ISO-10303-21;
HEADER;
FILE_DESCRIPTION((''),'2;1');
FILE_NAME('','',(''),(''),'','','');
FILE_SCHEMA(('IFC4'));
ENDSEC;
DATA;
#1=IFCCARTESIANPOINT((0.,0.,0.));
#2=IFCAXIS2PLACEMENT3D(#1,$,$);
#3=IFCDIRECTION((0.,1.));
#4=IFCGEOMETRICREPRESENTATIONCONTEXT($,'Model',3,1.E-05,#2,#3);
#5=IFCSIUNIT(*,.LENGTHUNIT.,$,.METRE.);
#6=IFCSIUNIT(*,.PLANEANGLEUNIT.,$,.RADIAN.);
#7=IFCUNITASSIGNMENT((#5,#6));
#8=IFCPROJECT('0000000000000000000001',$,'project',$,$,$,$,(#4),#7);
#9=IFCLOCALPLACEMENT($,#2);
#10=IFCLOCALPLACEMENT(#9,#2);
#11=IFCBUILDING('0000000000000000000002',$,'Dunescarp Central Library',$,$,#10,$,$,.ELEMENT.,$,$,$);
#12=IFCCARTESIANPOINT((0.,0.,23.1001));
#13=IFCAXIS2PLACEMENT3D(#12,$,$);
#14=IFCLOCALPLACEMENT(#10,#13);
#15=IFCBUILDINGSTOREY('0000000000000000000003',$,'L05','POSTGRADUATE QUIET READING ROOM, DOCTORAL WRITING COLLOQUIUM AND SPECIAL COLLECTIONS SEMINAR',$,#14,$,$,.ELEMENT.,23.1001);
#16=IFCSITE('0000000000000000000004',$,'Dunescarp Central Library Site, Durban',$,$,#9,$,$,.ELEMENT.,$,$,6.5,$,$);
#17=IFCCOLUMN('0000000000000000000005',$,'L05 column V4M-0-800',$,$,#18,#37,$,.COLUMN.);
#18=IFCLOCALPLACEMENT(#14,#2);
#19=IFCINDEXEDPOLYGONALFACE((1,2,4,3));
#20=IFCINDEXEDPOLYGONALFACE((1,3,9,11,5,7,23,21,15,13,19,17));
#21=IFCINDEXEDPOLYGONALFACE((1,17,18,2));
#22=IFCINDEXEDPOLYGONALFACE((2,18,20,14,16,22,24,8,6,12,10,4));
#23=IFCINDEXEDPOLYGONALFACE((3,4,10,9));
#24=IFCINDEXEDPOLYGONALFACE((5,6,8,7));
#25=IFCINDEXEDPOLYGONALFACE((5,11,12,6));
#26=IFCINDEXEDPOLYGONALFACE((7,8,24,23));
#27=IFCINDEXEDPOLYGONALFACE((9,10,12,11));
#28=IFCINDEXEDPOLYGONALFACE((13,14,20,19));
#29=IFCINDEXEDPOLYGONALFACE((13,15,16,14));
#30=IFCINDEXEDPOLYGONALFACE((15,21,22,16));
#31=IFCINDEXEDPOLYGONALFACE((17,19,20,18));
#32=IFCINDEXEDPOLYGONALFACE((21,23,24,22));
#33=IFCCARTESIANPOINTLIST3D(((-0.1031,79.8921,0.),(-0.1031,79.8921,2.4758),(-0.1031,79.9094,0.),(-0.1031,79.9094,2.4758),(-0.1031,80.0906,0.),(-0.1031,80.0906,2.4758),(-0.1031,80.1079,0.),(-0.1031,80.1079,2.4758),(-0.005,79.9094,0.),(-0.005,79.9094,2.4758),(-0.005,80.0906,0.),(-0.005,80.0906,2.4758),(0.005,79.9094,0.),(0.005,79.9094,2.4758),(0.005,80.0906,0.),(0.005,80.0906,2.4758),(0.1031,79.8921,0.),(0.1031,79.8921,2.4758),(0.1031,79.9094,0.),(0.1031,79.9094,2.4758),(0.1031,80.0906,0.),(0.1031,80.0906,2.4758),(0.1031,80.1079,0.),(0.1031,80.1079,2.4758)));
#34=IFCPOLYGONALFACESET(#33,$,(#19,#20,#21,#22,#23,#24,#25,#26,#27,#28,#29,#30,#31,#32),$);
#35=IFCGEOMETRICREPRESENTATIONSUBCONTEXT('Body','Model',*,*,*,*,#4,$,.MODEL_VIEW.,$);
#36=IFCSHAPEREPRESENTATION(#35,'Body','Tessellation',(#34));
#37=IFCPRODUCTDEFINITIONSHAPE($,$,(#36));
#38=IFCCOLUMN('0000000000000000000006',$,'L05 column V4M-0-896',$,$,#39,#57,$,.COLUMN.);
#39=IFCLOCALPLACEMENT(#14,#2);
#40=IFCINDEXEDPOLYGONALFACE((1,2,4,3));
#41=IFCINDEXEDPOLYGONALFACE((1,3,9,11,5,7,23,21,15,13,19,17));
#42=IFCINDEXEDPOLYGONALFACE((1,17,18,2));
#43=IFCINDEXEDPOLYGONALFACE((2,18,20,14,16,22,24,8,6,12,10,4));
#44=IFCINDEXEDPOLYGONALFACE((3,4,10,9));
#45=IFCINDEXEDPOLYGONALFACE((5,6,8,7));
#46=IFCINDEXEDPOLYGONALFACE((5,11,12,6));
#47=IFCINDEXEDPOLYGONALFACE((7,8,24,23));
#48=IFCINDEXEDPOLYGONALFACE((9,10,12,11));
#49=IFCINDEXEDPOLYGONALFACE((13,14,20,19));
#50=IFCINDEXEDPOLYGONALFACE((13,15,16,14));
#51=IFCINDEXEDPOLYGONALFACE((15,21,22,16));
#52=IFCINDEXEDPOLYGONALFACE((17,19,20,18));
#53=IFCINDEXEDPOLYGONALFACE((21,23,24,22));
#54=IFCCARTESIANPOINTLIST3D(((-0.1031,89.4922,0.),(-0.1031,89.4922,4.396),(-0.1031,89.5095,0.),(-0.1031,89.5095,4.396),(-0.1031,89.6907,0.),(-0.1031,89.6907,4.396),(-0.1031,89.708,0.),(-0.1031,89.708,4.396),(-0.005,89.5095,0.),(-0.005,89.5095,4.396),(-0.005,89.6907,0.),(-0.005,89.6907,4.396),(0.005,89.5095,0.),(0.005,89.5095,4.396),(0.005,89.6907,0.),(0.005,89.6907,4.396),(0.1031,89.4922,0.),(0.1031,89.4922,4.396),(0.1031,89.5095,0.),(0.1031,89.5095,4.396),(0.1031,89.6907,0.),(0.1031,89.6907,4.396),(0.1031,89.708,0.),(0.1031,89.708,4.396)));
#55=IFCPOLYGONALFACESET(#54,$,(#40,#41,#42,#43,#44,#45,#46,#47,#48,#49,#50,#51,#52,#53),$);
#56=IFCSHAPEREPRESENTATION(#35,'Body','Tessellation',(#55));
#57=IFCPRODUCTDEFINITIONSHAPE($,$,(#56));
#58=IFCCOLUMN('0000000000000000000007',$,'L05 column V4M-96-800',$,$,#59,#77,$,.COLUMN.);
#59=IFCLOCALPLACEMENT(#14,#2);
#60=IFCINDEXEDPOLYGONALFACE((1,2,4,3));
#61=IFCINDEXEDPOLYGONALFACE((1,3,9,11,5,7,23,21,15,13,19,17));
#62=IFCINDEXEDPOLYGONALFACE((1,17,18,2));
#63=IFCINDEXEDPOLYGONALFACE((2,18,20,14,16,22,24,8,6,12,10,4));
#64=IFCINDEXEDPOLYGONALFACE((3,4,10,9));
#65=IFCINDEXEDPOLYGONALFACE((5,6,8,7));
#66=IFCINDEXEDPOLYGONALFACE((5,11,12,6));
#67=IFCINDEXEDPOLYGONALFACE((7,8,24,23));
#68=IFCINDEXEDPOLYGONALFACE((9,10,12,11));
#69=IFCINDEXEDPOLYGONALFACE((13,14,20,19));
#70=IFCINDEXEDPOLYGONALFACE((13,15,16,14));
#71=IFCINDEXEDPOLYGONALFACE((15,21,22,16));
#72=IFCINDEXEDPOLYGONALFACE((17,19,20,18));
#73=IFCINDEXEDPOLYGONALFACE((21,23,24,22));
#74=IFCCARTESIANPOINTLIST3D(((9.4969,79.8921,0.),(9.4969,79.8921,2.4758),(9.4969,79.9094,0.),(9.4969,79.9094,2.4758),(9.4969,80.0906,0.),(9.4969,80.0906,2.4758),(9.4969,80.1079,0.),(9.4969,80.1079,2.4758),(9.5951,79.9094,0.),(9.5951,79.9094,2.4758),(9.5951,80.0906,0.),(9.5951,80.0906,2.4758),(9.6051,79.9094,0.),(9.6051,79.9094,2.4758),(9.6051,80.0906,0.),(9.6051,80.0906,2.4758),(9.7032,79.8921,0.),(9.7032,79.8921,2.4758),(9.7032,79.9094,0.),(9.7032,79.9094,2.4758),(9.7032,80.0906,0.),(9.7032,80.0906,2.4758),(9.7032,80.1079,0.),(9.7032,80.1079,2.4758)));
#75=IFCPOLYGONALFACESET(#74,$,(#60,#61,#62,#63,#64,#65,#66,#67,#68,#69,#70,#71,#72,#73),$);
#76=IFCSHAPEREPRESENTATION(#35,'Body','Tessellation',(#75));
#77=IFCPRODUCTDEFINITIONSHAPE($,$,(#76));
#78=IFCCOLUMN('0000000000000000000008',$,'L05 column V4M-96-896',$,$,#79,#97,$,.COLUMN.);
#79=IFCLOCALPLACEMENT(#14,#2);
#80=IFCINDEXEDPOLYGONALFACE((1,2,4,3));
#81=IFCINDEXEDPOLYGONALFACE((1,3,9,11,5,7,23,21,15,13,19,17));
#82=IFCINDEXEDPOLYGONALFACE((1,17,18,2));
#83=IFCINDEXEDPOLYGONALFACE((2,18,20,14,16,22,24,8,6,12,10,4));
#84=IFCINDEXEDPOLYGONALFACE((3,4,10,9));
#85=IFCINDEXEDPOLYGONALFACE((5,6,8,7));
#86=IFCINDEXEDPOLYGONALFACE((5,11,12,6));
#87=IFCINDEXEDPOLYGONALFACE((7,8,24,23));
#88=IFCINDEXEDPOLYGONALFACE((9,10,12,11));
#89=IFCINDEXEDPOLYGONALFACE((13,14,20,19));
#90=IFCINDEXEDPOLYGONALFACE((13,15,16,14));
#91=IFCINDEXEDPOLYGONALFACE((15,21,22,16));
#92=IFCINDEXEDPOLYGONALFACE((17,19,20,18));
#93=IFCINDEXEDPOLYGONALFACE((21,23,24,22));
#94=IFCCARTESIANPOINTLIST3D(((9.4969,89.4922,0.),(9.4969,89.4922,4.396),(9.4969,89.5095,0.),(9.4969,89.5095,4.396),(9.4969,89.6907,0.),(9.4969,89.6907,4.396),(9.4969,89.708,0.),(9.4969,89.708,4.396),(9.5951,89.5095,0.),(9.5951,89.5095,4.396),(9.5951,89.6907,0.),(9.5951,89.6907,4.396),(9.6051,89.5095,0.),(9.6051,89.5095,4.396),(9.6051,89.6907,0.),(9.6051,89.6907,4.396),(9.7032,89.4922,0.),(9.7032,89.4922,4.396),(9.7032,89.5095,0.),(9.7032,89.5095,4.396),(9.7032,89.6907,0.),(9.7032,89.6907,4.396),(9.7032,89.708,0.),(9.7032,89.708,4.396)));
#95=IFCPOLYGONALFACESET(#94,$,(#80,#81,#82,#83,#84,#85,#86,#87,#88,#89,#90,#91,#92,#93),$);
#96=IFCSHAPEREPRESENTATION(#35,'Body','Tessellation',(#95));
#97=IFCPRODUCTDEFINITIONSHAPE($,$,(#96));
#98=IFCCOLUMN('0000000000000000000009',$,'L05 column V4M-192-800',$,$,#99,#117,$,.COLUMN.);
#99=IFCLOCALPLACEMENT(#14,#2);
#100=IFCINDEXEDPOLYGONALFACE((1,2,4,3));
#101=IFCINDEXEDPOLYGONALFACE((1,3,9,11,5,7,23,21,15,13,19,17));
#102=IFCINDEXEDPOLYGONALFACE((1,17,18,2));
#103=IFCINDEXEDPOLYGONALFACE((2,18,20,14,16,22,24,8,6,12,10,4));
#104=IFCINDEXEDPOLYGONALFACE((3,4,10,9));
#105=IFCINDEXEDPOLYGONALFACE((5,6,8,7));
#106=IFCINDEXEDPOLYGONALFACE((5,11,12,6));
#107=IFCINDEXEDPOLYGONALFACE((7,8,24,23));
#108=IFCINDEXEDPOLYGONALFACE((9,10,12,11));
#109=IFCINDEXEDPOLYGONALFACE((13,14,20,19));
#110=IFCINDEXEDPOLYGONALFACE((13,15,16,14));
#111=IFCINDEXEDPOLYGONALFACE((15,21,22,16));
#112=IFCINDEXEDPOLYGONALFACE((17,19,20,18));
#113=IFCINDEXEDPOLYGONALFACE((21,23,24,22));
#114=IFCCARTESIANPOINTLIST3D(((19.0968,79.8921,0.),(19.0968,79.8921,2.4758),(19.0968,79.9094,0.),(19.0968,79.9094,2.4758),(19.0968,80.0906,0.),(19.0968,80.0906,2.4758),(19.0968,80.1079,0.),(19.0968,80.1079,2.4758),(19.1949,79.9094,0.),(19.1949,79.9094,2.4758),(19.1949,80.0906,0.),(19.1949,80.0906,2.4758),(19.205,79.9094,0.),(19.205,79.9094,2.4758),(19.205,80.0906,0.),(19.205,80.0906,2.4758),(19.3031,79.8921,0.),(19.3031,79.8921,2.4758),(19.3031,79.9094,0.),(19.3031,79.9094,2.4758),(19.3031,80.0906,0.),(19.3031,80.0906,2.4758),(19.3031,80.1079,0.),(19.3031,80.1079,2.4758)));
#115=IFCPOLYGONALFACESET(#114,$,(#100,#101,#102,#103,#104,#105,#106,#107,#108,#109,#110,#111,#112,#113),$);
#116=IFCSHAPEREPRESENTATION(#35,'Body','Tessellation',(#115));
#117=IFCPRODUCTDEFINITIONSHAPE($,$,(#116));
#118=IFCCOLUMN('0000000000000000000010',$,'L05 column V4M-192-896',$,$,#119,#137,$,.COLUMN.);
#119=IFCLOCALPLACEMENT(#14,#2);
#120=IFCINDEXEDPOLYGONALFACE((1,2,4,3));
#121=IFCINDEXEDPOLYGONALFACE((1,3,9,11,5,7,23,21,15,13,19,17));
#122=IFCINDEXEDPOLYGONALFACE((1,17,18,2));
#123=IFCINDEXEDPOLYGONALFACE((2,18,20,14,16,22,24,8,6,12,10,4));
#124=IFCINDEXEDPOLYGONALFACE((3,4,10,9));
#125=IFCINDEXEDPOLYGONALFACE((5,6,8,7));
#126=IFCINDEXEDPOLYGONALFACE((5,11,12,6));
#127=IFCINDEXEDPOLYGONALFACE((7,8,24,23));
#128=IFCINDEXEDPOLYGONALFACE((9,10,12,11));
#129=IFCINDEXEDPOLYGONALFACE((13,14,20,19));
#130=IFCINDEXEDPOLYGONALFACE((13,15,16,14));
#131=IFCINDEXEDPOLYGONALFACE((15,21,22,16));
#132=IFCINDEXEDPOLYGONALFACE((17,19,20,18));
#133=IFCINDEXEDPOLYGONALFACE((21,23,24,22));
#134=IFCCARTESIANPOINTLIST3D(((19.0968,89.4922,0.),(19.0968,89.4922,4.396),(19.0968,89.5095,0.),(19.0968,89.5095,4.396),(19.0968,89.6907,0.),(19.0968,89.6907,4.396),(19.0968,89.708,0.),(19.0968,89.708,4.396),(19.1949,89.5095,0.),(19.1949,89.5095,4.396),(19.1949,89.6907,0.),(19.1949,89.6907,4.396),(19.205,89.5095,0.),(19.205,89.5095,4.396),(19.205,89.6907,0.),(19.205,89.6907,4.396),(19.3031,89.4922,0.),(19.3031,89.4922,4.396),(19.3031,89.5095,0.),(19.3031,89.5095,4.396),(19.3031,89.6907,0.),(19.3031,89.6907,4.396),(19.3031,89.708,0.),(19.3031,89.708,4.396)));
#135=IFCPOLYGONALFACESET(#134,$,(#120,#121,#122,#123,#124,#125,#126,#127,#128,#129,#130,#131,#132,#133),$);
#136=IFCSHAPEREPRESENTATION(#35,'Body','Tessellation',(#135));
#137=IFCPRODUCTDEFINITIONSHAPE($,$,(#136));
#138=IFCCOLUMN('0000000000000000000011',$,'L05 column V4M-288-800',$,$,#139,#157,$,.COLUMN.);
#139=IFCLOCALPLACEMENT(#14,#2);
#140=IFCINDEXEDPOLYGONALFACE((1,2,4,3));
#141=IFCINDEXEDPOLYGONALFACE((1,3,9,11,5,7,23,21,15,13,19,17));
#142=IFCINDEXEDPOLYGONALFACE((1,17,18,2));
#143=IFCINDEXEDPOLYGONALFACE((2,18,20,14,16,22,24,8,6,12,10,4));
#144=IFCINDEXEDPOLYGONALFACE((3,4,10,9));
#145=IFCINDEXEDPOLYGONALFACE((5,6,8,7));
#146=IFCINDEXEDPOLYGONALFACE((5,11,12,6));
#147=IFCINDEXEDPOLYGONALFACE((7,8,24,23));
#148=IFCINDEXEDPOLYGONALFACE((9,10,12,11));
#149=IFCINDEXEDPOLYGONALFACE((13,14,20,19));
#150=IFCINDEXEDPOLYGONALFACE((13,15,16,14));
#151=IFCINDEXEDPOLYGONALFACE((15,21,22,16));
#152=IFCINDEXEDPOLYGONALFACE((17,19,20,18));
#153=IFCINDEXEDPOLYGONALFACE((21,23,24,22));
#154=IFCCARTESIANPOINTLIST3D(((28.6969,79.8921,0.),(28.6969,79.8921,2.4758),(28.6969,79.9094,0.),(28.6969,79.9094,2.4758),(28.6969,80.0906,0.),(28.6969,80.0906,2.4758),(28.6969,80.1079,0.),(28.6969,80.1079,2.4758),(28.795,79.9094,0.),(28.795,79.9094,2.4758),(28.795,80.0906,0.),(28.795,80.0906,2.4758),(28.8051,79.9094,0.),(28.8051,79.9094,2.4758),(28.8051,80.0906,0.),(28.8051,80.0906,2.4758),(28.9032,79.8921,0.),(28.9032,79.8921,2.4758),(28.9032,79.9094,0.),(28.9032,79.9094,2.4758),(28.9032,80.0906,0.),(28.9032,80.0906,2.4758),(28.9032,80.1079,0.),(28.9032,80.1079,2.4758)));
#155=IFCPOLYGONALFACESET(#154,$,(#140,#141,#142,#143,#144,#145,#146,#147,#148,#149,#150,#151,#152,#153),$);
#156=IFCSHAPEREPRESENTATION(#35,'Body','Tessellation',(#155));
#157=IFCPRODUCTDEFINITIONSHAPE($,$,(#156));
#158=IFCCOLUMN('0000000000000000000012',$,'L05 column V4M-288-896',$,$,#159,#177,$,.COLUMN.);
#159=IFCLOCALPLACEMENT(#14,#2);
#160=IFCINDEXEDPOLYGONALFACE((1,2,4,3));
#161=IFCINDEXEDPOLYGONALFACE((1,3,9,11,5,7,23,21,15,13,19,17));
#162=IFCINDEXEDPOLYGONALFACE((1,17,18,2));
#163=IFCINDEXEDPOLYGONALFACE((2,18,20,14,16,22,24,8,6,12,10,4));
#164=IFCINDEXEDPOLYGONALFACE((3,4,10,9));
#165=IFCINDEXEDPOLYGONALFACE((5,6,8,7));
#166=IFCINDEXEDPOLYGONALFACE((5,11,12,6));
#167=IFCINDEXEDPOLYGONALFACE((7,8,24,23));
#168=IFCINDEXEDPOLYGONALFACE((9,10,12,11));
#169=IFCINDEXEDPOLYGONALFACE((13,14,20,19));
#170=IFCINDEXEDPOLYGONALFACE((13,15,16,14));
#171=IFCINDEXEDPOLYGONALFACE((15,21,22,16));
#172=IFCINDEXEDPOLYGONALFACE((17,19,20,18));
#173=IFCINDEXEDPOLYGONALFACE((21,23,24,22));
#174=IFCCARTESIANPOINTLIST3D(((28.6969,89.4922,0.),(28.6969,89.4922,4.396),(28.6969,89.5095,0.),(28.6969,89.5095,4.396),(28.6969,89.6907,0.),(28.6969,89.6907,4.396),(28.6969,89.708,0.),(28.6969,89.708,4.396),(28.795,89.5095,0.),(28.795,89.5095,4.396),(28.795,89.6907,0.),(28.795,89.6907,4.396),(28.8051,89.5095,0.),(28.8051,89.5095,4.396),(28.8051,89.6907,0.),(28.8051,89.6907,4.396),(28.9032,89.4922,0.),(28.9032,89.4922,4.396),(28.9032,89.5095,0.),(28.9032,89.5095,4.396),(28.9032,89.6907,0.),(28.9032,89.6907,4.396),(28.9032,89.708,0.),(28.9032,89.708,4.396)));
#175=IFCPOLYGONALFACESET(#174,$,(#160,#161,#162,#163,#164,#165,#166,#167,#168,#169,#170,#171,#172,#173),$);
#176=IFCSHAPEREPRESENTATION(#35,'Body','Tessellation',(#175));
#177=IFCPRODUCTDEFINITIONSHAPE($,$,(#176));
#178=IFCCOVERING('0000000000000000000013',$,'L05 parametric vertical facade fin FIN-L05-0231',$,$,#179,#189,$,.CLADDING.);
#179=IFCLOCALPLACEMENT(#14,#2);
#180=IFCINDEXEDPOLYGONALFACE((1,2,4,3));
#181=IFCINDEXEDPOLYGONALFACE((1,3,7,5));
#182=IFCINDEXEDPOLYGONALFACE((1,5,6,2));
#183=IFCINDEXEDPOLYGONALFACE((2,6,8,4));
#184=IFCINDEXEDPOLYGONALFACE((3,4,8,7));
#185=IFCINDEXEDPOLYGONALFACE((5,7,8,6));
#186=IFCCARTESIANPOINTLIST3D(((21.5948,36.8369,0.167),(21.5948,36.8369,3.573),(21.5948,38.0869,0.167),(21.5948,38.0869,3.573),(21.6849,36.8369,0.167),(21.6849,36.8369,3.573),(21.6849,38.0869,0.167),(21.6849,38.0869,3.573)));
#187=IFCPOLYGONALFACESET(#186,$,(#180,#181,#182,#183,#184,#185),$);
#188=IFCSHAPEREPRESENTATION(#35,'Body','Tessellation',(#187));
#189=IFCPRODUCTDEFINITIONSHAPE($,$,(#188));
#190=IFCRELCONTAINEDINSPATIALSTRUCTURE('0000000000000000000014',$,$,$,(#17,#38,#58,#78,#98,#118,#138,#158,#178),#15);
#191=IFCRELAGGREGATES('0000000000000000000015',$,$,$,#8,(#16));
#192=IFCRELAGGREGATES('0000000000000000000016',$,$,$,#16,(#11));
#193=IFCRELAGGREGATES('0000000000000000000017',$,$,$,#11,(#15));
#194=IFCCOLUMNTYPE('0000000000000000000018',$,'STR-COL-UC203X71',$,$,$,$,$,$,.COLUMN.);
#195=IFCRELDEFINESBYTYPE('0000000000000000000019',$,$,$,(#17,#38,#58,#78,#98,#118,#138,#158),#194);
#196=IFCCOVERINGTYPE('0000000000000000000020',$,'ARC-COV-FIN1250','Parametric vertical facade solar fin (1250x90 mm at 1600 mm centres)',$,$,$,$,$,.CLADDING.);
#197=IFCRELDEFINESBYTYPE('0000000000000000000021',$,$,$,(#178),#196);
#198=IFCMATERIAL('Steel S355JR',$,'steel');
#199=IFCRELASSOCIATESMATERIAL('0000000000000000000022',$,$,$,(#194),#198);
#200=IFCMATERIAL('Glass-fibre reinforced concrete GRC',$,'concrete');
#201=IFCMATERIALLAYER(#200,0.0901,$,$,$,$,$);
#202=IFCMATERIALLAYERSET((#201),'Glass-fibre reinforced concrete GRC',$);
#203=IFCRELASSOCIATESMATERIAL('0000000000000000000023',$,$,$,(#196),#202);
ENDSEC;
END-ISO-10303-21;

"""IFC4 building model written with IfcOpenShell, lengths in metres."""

from ifc_helpers import new_model, si_unit, direction, frame, origin, origin_2d, place, context, subcontext, project, spatial, rectangle, i_section, extrude, material, layer, layer_set, material_profile, profile_set, type_object, element, save


model = new_model("IFC4")

# Units and contexts
model_context = context("Model", 3, precision=1e-05, world=origin(), true_north=direction((0.0, 1.0)))
body_context = subcontext(model_context, "Body", "Model", "MODEL_VIEW")
ifc_project = project(units=[si_unit("LENGTHUNIT", "METRE"), si_unit("PLANEANGLEUNIT", "RADIAN")], contexts=[model_context])

# Site, building, storey
site_placement = place(None, origin())
site = spatial("IfcSite", under=ifc_project, at=site_placement, Name="Dunescarp Central Library Site, Durban", CompositionType="ELEMENT", RefElevation=6.5)
building_placement = place(site_placement, origin())
building = spatial("IfcBuilding", under=site, at=building_placement, Name="Dunescarp Central Library", CompositionType="ELEMENT")
storey_placement = place(building_placement, frame((0.0, 0.0, 23.1001)))
storey = spatial("IfcBuildingStorey", under=building, at=storey_placement, Name="L05", Description="POSTGRADUATE QUIET READING ROOM, DOCTORAL WRITING COLLOQUIUM AND SPECIAL COLLECTIONS SEMINAR", CompositionType="ELEMENT", Elevation=23.1001)

# Columns
ifc_material_1 = material(Name="Steel S355JR", Category="steel")
ifc_material_profile = material_profile(ifc_material_1, i_section(OverallWidth=0.2063, OverallDepth=0.2158, WebThickness=0.01, FlangeThickness=0.0173, at=origin_2d()), Name="UC 203x203x71")
ifc_profile_set = profile_set([ifc_material_profile], Name="Steel S355JR")
column_type = type_object("IfcColumnType", Name="STR-COL-UC203X71", PredefinedType="COLUMN", material=ifc_profile_set)
column_1_placement = place(storey_placement, frame((0.0, 80.0, 0.0), z_axis=(0.0, 0.0, 1.0), x_axis=(1.0, 0.0, 0.0)))
element("IfcColumn", 1, at=column_1_placement, inside=storey, type_object=column_type, Name="L05 column V4M-0-800", PredefinedType="COLUMN", context=body_context, shape_type="SweptSolid", body=[
    extrude(i_section(OverallWidth=0.2063, OverallDepth=0.2158, WebThickness=0.01, FlangeThickness=0.0173, at=origin_2d()), origin(), (0.0, 0.0, 1.0), 2.4758),
])
column_2_placement = place(storey_placement, frame((0.0, 89.6001, 0.0), z_axis=(0.0, 0.0, 1.0), x_axis=(1.0, 0.0, 0.0)))
element("IfcColumn", 2, at=column_2_placement, inside=storey, type_object=column_type, Name="L05 column V4M-0-896", PredefinedType="COLUMN", context=body_context, shape_type="SweptSolid", body=[
    extrude(i_section(OverallWidth=0.2063, OverallDepth=0.2158, WebThickness=0.01, FlangeThickness=0.0173, at=origin_2d()), origin(), (0.0, 0.0, 1.0), 4.396),
])
column_3_placement = place(storey_placement, frame((9.6001, 80.0, 0.0), z_axis=(0.0, 0.0, 1.0), x_axis=(1.0, 0.0, 0.0)))
element("IfcColumn", 3, at=column_3_placement, inside=storey, type_object=column_type, Name="L05 column V4M-96-800", PredefinedType="COLUMN", context=body_context, shape_type="SweptSolid", body=[
    extrude(i_section(OverallWidth=0.2063, OverallDepth=0.2158, WebThickness=0.01, FlangeThickness=0.0173, at=origin_2d()), origin(), (0.0, 0.0, 1.0), 2.4758),
])
column_4_placement = place(storey_placement, frame((9.6001, 89.6001, 0.0), z_axis=(0.0, 0.0, 1.0), x_axis=(1.0, 0.0, 0.0)))
element("IfcColumn", 4, at=column_4_placement, inside=storey, type_object=column_type, Name="L05 column V4M-96-896", PredefinedType="COLUMN", context=body_context, shape_type="SweptSolid", body=[
    extrude(i_section(OverallWidth=0.2063, OverallDepth=0.2158, WebThickness=0.01, FlangeThickness=0.0173, at=origin_2d()), origin(), (0.0, 0.0, 1.0), 4.396),
])
column_5_placement = place(storey_placement, frame((19.2, 80.0, 0.0), z_axis=(0.0, 0.0, 1.0), x_axis=(1.0, 0.0, 0.0)))
element("IfcColumn", 5, at=column_5_placement, inside=storey, type_object=column_type, Name="L05 column V4M-192-800", PredefinedType="COLUMN", context=body_context, shape_type="SweptSolid", body=[
    extrude(i_section(OverallWidth=0.2063, OverallDepth=0.2158, WebThickness=0.01, FlangeThickness=0.0173, at=origin_2d()), origin(), (0.0, 0.0, 1.0), 2.4758),
])
column_6_placement = place(storey_placement, frame((19.2, 89.6001, 0.0), z_axis=(0.0, 0.0, 1.0), x_axis=(1.0, 0.0, 0.0)))
element("IfcColumn", 6, at=column_6_placement, inside=storey, type_object=column_type, Name="L05 column V4M-192-896", PredefinedType="COLUMN", context=body_context, shape_type="SweptSolid", body=[
    extrude(i_section(OverallWidth=0.2063, OverallDepth=0.2158, WebThickness=0.01, FlangeThickness=0.0173, at=origin_2d()), origin(), (0.0, 0.0, 1.0), 4.396),
])
column_7_placement = place(storey_placement, frame((28.8, 80.0, 0.0), z_axis=(0.0, 0.0, 1.0), x_axis=(1.0, 0.0, 0.0)))
element("IfcColumn", 7, at=column_7_placement, inside=storey, type_object=column_type, Name="L05 column V4M-288-800", PredefinedType="COLUMN", context=body_context, shape_type="SweptSolid", body=[
    extrude(i_section(OverallWidth=0.2063, OverallDepth=0.2158, WebThickness=0.01, FlangeThickness=0.0173, at=origin_2d()), origin(), (0.0, 0.0, 1.0), 2.4758),
])
column_8_placement = place(storey_placement, frame((28.8, 89.6001, 0.0), z_axis=(0.0, 0.0, 1.0), x_axis=(1.0, 0.0, 0.0)))
element("IfcColumn", 8, at=column_8_placement, inside=storey, type_object=column_type, Name="L05 column V4M-288-896", PredefinedType="COLUMN", context=body_context, shape_type="SweptSolid", body=[
    extrude(i_section(OverallWidth=0.2063, OverallDepth=0.2158, WebThickness=0.01, FlangeThickness=0.0173, at=origin_2d()), origin(), (0.0, 0.0, 1.0), 4.396),
])

# Covering
ifc_material_2 = material(Name="Glass-fibre reinforced concrete GRC", Category="concrete")
ifc_layer = layer(ifc_material_2, 0.0901)
ifc_layer_set = layer_set([ifc_layer], Name="Glass-fibre reinforced concrete GRC")
covering_type = type_object("IfcCoveringType", Name="ARC-COV-FIN1250", Description="Parametric vertical facade solar fin (1250x90 mm at 1600 mm centres)", PredefinedType="CLADDING", material=ifc_layer_set)
covering_1_placement = place(storey_placement, frame((21.6399, 37.4619, 0.167), z_axis=(0.0, 0.0, 1.0), x_axis=(0.0, 1.0, 0.0)))
element("IfcCovering", 9, at=covering_1_placement, inside=storey, type_object=covering_type, Name="L05 parametric vertical facade fin FIN-L05-0231", PredefinedType="CLADDING", context=body_context, shape_type="SweptSolid", body=[
    extrude(rectangle(XDim=1.25, YDim=0.0901, at=origin_2d()), origin(), (0.0, 0.0, 1.0), 3.406),
])

save(model, "model.ifc")
